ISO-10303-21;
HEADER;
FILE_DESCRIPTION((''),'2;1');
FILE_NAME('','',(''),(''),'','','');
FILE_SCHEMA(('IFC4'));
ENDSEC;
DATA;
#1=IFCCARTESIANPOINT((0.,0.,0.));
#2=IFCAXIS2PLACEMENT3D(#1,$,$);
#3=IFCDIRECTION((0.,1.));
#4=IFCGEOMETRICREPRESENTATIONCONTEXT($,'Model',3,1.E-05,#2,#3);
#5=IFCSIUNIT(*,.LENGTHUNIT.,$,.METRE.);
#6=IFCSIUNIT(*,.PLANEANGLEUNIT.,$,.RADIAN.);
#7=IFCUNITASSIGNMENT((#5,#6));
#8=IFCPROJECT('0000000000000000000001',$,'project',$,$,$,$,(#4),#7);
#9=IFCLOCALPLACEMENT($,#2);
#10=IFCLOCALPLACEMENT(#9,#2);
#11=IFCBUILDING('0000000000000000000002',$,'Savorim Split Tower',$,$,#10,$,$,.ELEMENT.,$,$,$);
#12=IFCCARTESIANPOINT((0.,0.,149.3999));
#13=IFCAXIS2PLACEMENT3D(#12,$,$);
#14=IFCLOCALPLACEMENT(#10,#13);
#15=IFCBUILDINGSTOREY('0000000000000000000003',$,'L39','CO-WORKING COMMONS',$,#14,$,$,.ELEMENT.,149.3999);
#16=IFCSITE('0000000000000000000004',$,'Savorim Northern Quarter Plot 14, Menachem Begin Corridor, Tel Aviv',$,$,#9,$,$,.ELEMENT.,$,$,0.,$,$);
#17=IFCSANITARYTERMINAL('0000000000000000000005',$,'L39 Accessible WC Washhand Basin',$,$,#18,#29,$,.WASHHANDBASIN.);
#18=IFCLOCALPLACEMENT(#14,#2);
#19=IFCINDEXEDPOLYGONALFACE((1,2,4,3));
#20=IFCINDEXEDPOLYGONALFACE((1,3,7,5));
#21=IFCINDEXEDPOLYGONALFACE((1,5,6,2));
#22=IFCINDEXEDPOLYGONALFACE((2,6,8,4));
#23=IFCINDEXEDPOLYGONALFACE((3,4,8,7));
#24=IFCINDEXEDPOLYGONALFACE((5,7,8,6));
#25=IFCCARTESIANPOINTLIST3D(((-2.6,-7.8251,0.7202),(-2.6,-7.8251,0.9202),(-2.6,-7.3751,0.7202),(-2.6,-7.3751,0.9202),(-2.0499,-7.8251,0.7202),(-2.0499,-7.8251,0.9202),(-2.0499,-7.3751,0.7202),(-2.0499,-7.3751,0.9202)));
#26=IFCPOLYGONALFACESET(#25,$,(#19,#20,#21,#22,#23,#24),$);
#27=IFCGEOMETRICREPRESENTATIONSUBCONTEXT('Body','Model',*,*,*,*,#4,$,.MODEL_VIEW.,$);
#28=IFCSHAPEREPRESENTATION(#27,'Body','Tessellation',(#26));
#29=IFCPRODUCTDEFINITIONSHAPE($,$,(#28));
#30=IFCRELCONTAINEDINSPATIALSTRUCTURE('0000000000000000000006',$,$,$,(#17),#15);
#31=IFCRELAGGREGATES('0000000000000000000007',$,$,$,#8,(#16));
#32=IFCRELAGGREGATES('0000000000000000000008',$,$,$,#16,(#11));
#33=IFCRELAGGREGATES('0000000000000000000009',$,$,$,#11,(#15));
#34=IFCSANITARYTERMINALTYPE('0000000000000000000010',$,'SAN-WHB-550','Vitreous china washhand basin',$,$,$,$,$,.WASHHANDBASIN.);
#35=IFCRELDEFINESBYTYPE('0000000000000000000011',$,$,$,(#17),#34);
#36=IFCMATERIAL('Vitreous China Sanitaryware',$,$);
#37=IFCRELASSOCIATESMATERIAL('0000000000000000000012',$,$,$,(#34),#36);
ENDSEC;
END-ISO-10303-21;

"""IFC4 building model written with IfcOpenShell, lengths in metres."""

from ifc_helpers import new_model, si_unit, direction, frame, origin, origin_2d, place, context, subcontext, project, spatial, rectangle, extrude, material, type_object, element, save


model = new_model("IFC4")

# Units and contexts
model_context = context("Model", 3, precision=1e-05, world=origin(), true_north=direction((0.0, 1.0)))
body_context = subcontext(model_context, "Body", "Model", "MODEL_VIEW")
ifc_project = project(units=[si_unit("LENGTHUNIT", "METRE"), si_unit("PLANEANGLEUNIT", "RADIAN")], contexts=[model_context])

# Site, building, storey
site_placement = place(None, origin())
site = spatial("IfcSite", under=ifc_project, at=site_placement, Name="Savorim Northern Quarter Plot 14, Menachem Begin Corridor, Tel Aviv", CompositionType="ELEMENT", RefElevation=0.0)
building_placement = place(site_placement, origin())
building = spatial("IfcBuilding", under=site, at=building_placement, Name="Savorim Split Tower", CompositionType="ELEMENT")
storey_placement = place(building_placement, frame((0.0, 0.0, 149.3999)))
storey = spatial("IfcBuildingStorey", under=building, at=storey_placement, Name="L39", Description="CO-WORKING COMMONS", CompositionType="ELEMENT", Elevation=149.3999)

# Sanitary terminal
ifc_material_1 = material(Name="Vitreous China Sanitaryware")
sanitary_terminal_type_1 = type_object("IfcSanitaryTerminalType", Name="SAN-WHB-550", Description="Vitreous china washhand basin", PredefinedType="WASHHANDBASIN", material=ifc_material_1)
sanitary_terminal_1_placement = place(storey_placement, frame((-2.325, -7.6001, 0.7202), z_axis=(0.0, 0.0, 1.0), x_axis=(1.0, 0.0, 0.0)))
element("IfcSanitaryTerminal", 1, at=sanitary_terminal_1_placement, inside=storey, type_object=sanitary_terminal_type_1, Name="L39 Accessible WC Washhand Basin", PredefinedType="WASHHANDBASIN", context=body_context, shape_type="SweptSolid", body=[
    extrude(rectangle(XDim=0.55, YDim=0.45, at=origin_2d()), origin(), (0.0, 0.0, 1.0), 0.2),
])

save(model, "model.ifc")
